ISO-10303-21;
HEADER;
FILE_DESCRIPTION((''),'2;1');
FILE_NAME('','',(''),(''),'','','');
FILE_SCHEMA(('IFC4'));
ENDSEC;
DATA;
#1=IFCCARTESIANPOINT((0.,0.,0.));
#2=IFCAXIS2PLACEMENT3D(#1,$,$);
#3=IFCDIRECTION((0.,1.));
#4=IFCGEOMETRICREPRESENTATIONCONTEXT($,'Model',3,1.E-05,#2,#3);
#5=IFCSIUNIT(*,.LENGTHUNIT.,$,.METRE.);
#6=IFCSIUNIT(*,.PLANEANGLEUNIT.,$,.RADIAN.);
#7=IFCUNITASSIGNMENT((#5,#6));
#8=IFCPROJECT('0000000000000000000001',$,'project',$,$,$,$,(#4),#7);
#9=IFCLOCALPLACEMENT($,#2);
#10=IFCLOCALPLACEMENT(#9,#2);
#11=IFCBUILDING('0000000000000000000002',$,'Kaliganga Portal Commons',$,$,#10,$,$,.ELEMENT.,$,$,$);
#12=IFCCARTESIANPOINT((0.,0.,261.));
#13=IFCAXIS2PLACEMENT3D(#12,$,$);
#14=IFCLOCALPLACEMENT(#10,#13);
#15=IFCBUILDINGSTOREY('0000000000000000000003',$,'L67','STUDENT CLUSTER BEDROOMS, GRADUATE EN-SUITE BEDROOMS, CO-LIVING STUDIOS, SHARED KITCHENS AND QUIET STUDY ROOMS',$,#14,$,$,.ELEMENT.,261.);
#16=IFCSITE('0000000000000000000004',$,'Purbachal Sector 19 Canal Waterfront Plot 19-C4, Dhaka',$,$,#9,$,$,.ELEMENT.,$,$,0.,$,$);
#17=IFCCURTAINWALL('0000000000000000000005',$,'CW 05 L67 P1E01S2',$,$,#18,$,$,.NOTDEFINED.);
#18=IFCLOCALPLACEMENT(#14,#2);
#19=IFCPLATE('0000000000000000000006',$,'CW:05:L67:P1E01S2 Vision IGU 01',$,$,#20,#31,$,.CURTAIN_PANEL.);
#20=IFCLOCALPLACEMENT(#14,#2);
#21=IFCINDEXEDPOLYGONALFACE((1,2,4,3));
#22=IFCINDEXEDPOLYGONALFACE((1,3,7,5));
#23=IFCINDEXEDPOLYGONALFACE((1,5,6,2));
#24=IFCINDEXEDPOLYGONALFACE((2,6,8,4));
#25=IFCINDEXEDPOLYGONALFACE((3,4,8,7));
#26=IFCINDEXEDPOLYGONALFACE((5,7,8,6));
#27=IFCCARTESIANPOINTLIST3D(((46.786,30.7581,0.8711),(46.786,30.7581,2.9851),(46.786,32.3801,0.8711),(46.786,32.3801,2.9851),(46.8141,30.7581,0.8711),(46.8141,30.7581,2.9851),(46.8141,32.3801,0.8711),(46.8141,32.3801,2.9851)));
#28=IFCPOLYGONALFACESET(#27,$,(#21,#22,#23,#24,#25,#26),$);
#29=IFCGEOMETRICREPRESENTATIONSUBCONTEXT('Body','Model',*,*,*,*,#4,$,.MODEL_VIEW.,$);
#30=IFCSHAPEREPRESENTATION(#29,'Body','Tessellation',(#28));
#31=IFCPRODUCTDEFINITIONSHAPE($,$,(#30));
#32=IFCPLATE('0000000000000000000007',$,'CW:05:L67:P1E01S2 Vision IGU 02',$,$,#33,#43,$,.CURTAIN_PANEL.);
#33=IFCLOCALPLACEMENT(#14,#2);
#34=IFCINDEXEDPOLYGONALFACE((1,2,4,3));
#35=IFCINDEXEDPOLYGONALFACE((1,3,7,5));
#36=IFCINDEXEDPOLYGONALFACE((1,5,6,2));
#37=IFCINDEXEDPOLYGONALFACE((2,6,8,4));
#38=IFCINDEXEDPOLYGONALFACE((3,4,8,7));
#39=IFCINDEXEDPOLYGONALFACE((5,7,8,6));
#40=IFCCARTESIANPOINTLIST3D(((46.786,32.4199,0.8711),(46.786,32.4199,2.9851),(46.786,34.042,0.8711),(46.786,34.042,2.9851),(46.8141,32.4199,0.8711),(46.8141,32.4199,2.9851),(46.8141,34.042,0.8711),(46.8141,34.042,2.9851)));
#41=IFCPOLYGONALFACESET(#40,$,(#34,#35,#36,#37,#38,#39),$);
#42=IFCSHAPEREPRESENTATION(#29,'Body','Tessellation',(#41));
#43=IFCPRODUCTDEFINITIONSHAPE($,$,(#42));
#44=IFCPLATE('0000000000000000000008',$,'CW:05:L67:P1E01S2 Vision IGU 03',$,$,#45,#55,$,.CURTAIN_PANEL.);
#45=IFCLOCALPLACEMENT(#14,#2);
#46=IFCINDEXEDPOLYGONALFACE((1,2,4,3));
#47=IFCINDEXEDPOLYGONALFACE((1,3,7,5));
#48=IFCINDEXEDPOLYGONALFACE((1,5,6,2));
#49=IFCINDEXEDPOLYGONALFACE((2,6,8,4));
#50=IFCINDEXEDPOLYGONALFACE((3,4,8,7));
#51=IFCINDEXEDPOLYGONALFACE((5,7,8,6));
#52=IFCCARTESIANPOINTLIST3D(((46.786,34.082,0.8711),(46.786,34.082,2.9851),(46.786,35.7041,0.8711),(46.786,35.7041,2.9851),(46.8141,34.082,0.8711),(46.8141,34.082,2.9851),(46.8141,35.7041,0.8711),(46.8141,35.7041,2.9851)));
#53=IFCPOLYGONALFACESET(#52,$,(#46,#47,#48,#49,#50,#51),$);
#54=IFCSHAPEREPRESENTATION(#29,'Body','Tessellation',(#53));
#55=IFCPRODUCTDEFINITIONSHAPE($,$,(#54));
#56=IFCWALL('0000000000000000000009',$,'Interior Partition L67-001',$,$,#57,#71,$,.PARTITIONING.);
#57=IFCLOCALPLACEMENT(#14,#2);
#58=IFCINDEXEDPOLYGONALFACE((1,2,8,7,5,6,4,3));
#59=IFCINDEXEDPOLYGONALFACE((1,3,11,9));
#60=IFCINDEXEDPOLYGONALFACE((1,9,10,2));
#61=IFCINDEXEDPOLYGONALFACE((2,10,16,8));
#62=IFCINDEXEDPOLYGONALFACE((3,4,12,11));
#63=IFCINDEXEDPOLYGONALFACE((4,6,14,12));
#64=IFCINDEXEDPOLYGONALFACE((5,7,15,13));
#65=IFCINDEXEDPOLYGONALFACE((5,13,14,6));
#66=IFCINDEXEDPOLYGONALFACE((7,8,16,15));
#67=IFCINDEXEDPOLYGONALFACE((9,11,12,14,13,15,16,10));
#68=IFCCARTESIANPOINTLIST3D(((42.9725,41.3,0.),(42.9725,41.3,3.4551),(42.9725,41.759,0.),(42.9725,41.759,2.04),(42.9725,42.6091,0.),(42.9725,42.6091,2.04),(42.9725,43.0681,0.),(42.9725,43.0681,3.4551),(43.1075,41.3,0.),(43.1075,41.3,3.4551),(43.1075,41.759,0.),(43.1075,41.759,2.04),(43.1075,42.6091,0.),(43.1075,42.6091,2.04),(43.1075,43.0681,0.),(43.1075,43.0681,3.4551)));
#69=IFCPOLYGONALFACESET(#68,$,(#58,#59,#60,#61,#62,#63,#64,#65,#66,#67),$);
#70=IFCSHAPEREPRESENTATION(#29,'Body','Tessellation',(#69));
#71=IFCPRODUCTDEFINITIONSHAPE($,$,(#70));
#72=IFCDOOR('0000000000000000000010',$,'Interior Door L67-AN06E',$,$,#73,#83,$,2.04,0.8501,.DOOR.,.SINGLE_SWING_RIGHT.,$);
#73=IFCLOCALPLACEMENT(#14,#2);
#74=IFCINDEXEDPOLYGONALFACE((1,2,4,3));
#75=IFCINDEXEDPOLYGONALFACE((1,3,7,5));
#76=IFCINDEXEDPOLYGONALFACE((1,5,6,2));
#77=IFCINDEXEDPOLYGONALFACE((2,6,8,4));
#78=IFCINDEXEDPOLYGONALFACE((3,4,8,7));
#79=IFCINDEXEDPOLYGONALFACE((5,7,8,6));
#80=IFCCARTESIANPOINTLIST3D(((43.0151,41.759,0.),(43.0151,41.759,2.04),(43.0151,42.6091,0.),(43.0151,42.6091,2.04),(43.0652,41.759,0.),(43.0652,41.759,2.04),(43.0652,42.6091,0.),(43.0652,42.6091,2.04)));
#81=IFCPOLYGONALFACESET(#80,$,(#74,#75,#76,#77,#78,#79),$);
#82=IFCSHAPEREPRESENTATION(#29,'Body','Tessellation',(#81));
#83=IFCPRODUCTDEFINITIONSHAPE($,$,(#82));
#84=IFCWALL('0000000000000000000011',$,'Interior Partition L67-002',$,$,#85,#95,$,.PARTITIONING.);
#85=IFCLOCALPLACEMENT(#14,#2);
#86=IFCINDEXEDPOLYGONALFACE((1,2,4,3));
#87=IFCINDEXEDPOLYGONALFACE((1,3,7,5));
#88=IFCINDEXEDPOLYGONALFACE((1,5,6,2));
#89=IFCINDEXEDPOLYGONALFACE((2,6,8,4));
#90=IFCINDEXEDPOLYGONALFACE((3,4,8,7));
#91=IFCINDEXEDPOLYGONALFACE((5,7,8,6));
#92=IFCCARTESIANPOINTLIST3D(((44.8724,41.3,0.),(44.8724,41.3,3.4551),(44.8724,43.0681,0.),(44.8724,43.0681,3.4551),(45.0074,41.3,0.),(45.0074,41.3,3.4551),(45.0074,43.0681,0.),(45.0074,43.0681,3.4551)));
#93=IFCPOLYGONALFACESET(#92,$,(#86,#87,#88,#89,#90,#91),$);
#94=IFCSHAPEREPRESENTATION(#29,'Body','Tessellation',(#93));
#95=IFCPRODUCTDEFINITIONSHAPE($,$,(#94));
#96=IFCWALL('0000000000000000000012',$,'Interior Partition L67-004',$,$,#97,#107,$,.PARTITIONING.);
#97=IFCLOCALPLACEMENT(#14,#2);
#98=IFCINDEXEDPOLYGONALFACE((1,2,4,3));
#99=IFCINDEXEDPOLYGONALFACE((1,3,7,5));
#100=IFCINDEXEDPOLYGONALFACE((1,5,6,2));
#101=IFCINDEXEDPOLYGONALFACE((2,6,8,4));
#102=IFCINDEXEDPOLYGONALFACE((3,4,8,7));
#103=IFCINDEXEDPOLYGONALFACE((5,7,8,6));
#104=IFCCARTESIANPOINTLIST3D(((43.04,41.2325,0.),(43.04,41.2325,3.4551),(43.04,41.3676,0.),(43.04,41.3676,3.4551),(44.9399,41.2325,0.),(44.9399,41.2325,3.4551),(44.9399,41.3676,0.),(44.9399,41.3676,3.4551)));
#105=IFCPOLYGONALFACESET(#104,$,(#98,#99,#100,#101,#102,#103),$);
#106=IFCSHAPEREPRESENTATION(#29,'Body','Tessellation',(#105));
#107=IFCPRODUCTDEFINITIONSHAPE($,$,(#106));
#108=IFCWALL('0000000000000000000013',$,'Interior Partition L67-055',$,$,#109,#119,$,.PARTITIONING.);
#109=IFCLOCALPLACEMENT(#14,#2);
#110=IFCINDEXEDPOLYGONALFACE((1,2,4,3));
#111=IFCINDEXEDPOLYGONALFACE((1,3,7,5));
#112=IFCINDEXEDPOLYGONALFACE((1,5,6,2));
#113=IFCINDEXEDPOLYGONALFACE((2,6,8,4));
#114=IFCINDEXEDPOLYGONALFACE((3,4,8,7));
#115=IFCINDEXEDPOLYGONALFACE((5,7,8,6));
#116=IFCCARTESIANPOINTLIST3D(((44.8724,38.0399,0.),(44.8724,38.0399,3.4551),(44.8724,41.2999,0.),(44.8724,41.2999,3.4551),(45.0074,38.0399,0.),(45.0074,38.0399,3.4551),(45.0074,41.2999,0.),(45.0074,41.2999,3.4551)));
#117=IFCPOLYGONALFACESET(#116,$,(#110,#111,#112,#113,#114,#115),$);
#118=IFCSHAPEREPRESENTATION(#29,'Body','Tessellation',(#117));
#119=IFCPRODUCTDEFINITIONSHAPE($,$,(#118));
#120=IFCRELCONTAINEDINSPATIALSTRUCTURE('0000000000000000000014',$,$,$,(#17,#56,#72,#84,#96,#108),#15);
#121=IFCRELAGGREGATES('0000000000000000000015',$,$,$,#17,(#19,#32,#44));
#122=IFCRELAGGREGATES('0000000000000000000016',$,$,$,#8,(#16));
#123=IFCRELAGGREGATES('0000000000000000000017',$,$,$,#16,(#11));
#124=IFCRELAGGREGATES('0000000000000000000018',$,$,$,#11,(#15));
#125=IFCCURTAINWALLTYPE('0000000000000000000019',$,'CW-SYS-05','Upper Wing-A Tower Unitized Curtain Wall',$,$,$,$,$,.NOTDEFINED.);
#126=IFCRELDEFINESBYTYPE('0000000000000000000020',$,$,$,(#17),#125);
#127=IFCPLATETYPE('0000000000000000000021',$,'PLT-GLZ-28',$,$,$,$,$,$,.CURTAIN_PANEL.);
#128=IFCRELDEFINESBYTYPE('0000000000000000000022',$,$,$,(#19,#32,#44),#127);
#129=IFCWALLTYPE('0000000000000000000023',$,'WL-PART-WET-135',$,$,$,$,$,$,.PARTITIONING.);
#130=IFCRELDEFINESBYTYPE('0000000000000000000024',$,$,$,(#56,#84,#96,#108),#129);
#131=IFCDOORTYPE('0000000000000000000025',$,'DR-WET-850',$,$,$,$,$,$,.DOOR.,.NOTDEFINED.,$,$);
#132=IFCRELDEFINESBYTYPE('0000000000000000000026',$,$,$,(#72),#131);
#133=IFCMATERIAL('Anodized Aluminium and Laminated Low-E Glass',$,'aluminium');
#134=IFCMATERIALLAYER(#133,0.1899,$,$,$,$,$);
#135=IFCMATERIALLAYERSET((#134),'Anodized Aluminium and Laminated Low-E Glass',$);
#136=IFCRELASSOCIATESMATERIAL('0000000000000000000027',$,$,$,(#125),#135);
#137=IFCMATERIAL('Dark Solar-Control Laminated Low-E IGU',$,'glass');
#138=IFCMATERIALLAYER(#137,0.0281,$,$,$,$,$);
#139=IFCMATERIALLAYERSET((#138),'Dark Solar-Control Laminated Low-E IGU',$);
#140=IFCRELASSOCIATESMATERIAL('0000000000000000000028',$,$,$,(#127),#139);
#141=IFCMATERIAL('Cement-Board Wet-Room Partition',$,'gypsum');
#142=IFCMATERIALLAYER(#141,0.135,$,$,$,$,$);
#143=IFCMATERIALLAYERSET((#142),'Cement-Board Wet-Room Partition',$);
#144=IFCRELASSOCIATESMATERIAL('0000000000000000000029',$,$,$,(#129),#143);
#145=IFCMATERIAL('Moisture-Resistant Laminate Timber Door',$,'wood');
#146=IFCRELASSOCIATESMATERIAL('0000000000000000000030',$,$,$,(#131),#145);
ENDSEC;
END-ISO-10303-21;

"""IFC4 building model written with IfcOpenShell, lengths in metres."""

from ifc_helpers import new_model, si_unit, direction, frame, frame_2d, origin, origin_2d, place, context, subcontext, project, spatial, rectangle, extrude, source, transform, mapped, material, layer, layer_set, type_object, element, fill, aggregate, save


model = new_model("IFC4")

# Units and contexts
model_context = context("Model", 3, precision=1e-05, world=origin(), true_north=direction((0.0, 1.0)))
body_context = subcontext(model_context, "Body", "Model", "MODEL_VIEW")
ifc_project = project(units=[si_unit("LENGTHUNIT", "METRE"), si_unit("PLANEANGLEUNIT", "RADIAN")], contexts=[model_context])

# Site, building, storey
site_placement = place(None, origin())
site = spatial("IfcSite", under=ifc_project, at=site_placement, Name="Purbachal Sector 19 Canal Waterfront Plot 19-C4, Dhaka", CompositionType="ELEMENT", RefElevation=0.0)
building_placement = place(site_placement, origin())
building = spatial("IfcBuilding", under=site, at=building_placement, Name="Kaliganga Portal Commons", CompositionType="ELEMENT")
storey_placement = place(building_placement, frame((0.0, 0.0, 261.0)))
storey = spatial("IfcBuildingStorey", under=building, at=storey_placement, Name="L67", Description="STUDENT CLUSTER BEDROOMS, GRADUATE EN-SUITE BEDROOMS, CO-LIVING STUDIOS, SHARED KITCHENS AND QUIET STUDY ROOMS", CompositionType="ELEMENT", Elevation=261.0)

# Curtain wall
ifc_material_1 = material(Name="Anodized Aluminium and Laminated Low-E Glass", Category="aluminium")
ifc_layer_1 = layer(ifc_material_1, 0.1899)
ifc_layer_set_1 = layer_set([ifc_layer_1], Name="Anodized Aluminium and Laminated Low-E Glass")
curtain_wall_type = type_object("IfcCurtainWallType", Name="CW-SYS-05", Description="Upper Wing-A Tower Unitized Curtain Wall", PredefinedType="NOTDEFINED", material=ifc_layer_set_1)
curtain_wall_1_placement = place(storey_placement, origin())
curtain_wall_1 = element("IfcCurtainWall", 1, at=curtain_wall_1_placement, inside=storey, type_object=curtain_wall_type, Name="CW 05 L67 P1E01S2", PredefinedType="NOTDEFINED")

# Shared definitions
ifc_material_2 = material(Name="Dark Solar-Control Laminated Low-E IGU", Category="glass")
ifc_layer_2 = layer(ifc_material_2, 0.0281)
ifc_layer_set_2 = layer_set([ifc_layer_2], Name="Dark Solar-Control Laminated Low-E IGU")
plate_type_1 = type_object("IfcPlateType", Name="PLT-GLZ-28", PredefinedType="CURTAIN_PANEL", material=ifc_layer_set_2)

# Plates
shared_shape_1 = source(origin(), body_context, "Body", "SweptSolid", [
    extrude(rectangle(XDim=1.6221, YDim=0.0281, at=origin_2d()), origin(), (0.0, 0.0, 1.0), 2.114),
])
plate_1_placement = place(storey_placement, frame((46.8, 31.5691, 0.8711), z_axis=(0.0, 0.0, 1.0), x_axis=(0.0, 1.0, 0.0)))
plate_1 = element("IfcPlate", 2, at=plate_1_placement, type_object=plate_type_1, Name="CW:05:L67:P1E01S2 Vision IGU 01", PredefinedType="CURTAIN_PANEL", context=body_context, shape_type="MappedRepresentation", body=[
    mapped(shared_shape_1, transform((0.0, 0.0, 0.0), x_axis=(1.0, 0.0, 0.0), y_axis=(0.0, 1.0, 0.0), z_axis=(0.0, 0.0, 1.0), scale=1.0)),
])
plate_2_placement = place(storey_placement, frame((46.8, 33.231, 0.8711), z_axis=(0.0, 0.0, 1.0), x_axis=(0.0, 1.0, 0.0)))
plate_2 = element("IfcPlate", 3, at=plate_2_placement, type_object=plate_type_1, Name="CW:05:L67:P1E01S2 Vision IGU 02", PredefinedType="CURTAIN_PANEL", context=body_context, shape_type="MappedRepresentation", body=[
    mapped(shared_shape_1, transform((0.0, 0.0, 0.0), x_axis=(1.0, 0.0, 0.0), y_axis=(0.0, 1.0, 0.0), z_axis=(0.0, 0.0, 1.0), scale=1.0)),
])
plate_3_placement = place(storey_placement, frame((46.8, 34.8931, 0.8711), z_axis=(0.0, 0.0, 1.0), x_axis=(0.0, 1.0, 0.0)))
plate_3 = element("IfcPlate", 4, at=plate_3_placement, type_object=plate_type_1, Name="CW:05:L67:P1E01S2 Vision IGU 03", PredefinedType="CURTAIN_PANEL", context=body_context, shape_type="MappedRepresentation", body=[
    mapped(shared_shape_1, transform((0.0, 0.0, 0.0), x_axis=(1.0, 0.0, 0.0), y_axis=(0.0, 1.0, 0.0), z_axis=(0.0, 0.0, 1.0), scale=1.0)),
])
aggregate(curtain_wall_1, [plate_1, plate_2, plate_3])

# Wall, opening, door
ifc_material_3 = material(Name="Cement-Board Wet-Room Partition", Category="gypsum")
ifc_layer_3 = layer(ifc_material_3, 0.135)
ifc_layer_set_3 = layer_set([ifc_layer_3], Name="Cement-Board Wet-Room Partition")
wall_type_1 = type_object("IfcWallType", Name="WL-PART-WET-135", PredefinedType="PARTITIONING", material=ifc_layer_set_3)
wall_1_placement = place(storey_placement, frame((43.04, 41.3, 0.0), z_axis=(0.0, 0.0, 1.0), x_axis=(0.0, 1.0, 0.0)))
wall_1 = element("IfcWall", 5, at=wall_1_placement, inside=storey, type_object=wall_type_1, Name="Interior Partition L67-001", PredefinedType="PARTITIONING", context=body_context, shape_type="SweptSolid", body=[
    extrude(rectangle(XDim=1.7681, YDim=0.135, at=frame_2d((0.884, 0.0))), origin(), (0.0, 0.0, 1.0), 3.4551),
])
opening_1_placement = place(wall_1_placement, frame((0.459, 0.0, 0.0)))
opening_1 = element("IfcOpeningElement", 6, at=opening_1_placement, cuts=wall_1, PredefinedType="OPENING", context=body_context, shape_type="SweptSolid", body=[
    extrude(rectangle(XDim=0.8501, YDim=2.04, at=frame_2d((0.425, 1.02))), frame((0.0, 0.0776, 0.0), z_axis=(0.0, -1.0, 0.0), x_axis=(1.0, 0.0, 0.0)), (0.0, 0.0, 1.0), 0.155),
])
ifc_material_4 = material(Name="Moisture-Resistant Laminate Timber Door", Category="wood")
door_type_1 = type_object("IfcDoorType", Name="DR-WET-850", OperationType="NOTDEFINED", PredefinedType="DOOR", material=ifc_material_4)
door_1_placement = place(opening_1_placement, origin())
door_1 = element("IfcDoor", 7, at=door_1_placement, inside=storey, type_object=door_type_1, Name="Interior Door L67-AN06E", OperationType="SINGLE_SWING_RIGHT", OverallHeight=2.04, OverallWidth=0.8501, PredefinedType="DOOR", context=body_context, shape_type="SweptSolid", body=[
    extrude(rectangle(XDim=0.8501, YDim=2.04, at=frame_2d((0.425, 1.02))), frame((0.0, 0.0249, 0.0), z_axis=(0.0, -1.0, 0.0), x_axis=(1.0, 0.0, 0.0)), (0.0, 0.0, 1.0), 0.05),
])
fill(opening_1, door_1)

# Walls
wall_2_placement = place(storey_placement, frame((44.9399, 41.3, 0.0), z_axis=(0.0, 0.0, 1.0), x_axis=(0.0, 1.0, 0.0)))
element("IfcWall", 8, at=wall_2_placement, inside=storey, type_object=wall_type_1, Name="Interior Partition L67-002", PredefinedType="PARTITIONING", context=body_context, shape_type="SweptSolid", body=[
    extrude(rectangle(XDim=1.7681, YDim=0.135, at=frame_2d((0.884, 0.0))), origin(), (0.0, 0.0, 1.0), 3.4551),
])
wall_3_placement = place(storey_placement, frame((43.04, 41.3, 0.0), z_axis=(0.0, 0.0, 1.0), x_axis=(1.0, 0.0, 0.0)))
element("IfcWall", 9, at=wall_3_placement, inside=storey, type_object=wall_type_1, Name="Interior Partition L67-004", PredefinedType="PARTITIONING", context=body_context, shape_type="SweptSolid", body=[
    extrude(rectangle(XDim=1.8999, YDim=0.135, at=frame_2d((0.95, 0.0))), origin(), (0.0, 0.0, 1.0), 3.4551),
])
wall_4_placement = place(storey_placement, frame((44.9399, 38.04, 0.0), z_axis=(0.0, 0.0, 1.0), x_axis=(0.0, 1.0, 0.0)))
element("IfcWall", 10, at=wall_4_placement, inside=storey, type_object=wall_type_1, Name="Interior Partition L67-055", PredefinedType="PARTITIONING", context=body_context, shape_type="SweptSolid", body=[
    extrude(rectangle(XDim=3.26, YDim=0.135, at=frame_2d((1.6299, 0.0))), origin(), (0.0, 0.0, 1.0), 3.4551),
])

save(model, "model.ifc")
